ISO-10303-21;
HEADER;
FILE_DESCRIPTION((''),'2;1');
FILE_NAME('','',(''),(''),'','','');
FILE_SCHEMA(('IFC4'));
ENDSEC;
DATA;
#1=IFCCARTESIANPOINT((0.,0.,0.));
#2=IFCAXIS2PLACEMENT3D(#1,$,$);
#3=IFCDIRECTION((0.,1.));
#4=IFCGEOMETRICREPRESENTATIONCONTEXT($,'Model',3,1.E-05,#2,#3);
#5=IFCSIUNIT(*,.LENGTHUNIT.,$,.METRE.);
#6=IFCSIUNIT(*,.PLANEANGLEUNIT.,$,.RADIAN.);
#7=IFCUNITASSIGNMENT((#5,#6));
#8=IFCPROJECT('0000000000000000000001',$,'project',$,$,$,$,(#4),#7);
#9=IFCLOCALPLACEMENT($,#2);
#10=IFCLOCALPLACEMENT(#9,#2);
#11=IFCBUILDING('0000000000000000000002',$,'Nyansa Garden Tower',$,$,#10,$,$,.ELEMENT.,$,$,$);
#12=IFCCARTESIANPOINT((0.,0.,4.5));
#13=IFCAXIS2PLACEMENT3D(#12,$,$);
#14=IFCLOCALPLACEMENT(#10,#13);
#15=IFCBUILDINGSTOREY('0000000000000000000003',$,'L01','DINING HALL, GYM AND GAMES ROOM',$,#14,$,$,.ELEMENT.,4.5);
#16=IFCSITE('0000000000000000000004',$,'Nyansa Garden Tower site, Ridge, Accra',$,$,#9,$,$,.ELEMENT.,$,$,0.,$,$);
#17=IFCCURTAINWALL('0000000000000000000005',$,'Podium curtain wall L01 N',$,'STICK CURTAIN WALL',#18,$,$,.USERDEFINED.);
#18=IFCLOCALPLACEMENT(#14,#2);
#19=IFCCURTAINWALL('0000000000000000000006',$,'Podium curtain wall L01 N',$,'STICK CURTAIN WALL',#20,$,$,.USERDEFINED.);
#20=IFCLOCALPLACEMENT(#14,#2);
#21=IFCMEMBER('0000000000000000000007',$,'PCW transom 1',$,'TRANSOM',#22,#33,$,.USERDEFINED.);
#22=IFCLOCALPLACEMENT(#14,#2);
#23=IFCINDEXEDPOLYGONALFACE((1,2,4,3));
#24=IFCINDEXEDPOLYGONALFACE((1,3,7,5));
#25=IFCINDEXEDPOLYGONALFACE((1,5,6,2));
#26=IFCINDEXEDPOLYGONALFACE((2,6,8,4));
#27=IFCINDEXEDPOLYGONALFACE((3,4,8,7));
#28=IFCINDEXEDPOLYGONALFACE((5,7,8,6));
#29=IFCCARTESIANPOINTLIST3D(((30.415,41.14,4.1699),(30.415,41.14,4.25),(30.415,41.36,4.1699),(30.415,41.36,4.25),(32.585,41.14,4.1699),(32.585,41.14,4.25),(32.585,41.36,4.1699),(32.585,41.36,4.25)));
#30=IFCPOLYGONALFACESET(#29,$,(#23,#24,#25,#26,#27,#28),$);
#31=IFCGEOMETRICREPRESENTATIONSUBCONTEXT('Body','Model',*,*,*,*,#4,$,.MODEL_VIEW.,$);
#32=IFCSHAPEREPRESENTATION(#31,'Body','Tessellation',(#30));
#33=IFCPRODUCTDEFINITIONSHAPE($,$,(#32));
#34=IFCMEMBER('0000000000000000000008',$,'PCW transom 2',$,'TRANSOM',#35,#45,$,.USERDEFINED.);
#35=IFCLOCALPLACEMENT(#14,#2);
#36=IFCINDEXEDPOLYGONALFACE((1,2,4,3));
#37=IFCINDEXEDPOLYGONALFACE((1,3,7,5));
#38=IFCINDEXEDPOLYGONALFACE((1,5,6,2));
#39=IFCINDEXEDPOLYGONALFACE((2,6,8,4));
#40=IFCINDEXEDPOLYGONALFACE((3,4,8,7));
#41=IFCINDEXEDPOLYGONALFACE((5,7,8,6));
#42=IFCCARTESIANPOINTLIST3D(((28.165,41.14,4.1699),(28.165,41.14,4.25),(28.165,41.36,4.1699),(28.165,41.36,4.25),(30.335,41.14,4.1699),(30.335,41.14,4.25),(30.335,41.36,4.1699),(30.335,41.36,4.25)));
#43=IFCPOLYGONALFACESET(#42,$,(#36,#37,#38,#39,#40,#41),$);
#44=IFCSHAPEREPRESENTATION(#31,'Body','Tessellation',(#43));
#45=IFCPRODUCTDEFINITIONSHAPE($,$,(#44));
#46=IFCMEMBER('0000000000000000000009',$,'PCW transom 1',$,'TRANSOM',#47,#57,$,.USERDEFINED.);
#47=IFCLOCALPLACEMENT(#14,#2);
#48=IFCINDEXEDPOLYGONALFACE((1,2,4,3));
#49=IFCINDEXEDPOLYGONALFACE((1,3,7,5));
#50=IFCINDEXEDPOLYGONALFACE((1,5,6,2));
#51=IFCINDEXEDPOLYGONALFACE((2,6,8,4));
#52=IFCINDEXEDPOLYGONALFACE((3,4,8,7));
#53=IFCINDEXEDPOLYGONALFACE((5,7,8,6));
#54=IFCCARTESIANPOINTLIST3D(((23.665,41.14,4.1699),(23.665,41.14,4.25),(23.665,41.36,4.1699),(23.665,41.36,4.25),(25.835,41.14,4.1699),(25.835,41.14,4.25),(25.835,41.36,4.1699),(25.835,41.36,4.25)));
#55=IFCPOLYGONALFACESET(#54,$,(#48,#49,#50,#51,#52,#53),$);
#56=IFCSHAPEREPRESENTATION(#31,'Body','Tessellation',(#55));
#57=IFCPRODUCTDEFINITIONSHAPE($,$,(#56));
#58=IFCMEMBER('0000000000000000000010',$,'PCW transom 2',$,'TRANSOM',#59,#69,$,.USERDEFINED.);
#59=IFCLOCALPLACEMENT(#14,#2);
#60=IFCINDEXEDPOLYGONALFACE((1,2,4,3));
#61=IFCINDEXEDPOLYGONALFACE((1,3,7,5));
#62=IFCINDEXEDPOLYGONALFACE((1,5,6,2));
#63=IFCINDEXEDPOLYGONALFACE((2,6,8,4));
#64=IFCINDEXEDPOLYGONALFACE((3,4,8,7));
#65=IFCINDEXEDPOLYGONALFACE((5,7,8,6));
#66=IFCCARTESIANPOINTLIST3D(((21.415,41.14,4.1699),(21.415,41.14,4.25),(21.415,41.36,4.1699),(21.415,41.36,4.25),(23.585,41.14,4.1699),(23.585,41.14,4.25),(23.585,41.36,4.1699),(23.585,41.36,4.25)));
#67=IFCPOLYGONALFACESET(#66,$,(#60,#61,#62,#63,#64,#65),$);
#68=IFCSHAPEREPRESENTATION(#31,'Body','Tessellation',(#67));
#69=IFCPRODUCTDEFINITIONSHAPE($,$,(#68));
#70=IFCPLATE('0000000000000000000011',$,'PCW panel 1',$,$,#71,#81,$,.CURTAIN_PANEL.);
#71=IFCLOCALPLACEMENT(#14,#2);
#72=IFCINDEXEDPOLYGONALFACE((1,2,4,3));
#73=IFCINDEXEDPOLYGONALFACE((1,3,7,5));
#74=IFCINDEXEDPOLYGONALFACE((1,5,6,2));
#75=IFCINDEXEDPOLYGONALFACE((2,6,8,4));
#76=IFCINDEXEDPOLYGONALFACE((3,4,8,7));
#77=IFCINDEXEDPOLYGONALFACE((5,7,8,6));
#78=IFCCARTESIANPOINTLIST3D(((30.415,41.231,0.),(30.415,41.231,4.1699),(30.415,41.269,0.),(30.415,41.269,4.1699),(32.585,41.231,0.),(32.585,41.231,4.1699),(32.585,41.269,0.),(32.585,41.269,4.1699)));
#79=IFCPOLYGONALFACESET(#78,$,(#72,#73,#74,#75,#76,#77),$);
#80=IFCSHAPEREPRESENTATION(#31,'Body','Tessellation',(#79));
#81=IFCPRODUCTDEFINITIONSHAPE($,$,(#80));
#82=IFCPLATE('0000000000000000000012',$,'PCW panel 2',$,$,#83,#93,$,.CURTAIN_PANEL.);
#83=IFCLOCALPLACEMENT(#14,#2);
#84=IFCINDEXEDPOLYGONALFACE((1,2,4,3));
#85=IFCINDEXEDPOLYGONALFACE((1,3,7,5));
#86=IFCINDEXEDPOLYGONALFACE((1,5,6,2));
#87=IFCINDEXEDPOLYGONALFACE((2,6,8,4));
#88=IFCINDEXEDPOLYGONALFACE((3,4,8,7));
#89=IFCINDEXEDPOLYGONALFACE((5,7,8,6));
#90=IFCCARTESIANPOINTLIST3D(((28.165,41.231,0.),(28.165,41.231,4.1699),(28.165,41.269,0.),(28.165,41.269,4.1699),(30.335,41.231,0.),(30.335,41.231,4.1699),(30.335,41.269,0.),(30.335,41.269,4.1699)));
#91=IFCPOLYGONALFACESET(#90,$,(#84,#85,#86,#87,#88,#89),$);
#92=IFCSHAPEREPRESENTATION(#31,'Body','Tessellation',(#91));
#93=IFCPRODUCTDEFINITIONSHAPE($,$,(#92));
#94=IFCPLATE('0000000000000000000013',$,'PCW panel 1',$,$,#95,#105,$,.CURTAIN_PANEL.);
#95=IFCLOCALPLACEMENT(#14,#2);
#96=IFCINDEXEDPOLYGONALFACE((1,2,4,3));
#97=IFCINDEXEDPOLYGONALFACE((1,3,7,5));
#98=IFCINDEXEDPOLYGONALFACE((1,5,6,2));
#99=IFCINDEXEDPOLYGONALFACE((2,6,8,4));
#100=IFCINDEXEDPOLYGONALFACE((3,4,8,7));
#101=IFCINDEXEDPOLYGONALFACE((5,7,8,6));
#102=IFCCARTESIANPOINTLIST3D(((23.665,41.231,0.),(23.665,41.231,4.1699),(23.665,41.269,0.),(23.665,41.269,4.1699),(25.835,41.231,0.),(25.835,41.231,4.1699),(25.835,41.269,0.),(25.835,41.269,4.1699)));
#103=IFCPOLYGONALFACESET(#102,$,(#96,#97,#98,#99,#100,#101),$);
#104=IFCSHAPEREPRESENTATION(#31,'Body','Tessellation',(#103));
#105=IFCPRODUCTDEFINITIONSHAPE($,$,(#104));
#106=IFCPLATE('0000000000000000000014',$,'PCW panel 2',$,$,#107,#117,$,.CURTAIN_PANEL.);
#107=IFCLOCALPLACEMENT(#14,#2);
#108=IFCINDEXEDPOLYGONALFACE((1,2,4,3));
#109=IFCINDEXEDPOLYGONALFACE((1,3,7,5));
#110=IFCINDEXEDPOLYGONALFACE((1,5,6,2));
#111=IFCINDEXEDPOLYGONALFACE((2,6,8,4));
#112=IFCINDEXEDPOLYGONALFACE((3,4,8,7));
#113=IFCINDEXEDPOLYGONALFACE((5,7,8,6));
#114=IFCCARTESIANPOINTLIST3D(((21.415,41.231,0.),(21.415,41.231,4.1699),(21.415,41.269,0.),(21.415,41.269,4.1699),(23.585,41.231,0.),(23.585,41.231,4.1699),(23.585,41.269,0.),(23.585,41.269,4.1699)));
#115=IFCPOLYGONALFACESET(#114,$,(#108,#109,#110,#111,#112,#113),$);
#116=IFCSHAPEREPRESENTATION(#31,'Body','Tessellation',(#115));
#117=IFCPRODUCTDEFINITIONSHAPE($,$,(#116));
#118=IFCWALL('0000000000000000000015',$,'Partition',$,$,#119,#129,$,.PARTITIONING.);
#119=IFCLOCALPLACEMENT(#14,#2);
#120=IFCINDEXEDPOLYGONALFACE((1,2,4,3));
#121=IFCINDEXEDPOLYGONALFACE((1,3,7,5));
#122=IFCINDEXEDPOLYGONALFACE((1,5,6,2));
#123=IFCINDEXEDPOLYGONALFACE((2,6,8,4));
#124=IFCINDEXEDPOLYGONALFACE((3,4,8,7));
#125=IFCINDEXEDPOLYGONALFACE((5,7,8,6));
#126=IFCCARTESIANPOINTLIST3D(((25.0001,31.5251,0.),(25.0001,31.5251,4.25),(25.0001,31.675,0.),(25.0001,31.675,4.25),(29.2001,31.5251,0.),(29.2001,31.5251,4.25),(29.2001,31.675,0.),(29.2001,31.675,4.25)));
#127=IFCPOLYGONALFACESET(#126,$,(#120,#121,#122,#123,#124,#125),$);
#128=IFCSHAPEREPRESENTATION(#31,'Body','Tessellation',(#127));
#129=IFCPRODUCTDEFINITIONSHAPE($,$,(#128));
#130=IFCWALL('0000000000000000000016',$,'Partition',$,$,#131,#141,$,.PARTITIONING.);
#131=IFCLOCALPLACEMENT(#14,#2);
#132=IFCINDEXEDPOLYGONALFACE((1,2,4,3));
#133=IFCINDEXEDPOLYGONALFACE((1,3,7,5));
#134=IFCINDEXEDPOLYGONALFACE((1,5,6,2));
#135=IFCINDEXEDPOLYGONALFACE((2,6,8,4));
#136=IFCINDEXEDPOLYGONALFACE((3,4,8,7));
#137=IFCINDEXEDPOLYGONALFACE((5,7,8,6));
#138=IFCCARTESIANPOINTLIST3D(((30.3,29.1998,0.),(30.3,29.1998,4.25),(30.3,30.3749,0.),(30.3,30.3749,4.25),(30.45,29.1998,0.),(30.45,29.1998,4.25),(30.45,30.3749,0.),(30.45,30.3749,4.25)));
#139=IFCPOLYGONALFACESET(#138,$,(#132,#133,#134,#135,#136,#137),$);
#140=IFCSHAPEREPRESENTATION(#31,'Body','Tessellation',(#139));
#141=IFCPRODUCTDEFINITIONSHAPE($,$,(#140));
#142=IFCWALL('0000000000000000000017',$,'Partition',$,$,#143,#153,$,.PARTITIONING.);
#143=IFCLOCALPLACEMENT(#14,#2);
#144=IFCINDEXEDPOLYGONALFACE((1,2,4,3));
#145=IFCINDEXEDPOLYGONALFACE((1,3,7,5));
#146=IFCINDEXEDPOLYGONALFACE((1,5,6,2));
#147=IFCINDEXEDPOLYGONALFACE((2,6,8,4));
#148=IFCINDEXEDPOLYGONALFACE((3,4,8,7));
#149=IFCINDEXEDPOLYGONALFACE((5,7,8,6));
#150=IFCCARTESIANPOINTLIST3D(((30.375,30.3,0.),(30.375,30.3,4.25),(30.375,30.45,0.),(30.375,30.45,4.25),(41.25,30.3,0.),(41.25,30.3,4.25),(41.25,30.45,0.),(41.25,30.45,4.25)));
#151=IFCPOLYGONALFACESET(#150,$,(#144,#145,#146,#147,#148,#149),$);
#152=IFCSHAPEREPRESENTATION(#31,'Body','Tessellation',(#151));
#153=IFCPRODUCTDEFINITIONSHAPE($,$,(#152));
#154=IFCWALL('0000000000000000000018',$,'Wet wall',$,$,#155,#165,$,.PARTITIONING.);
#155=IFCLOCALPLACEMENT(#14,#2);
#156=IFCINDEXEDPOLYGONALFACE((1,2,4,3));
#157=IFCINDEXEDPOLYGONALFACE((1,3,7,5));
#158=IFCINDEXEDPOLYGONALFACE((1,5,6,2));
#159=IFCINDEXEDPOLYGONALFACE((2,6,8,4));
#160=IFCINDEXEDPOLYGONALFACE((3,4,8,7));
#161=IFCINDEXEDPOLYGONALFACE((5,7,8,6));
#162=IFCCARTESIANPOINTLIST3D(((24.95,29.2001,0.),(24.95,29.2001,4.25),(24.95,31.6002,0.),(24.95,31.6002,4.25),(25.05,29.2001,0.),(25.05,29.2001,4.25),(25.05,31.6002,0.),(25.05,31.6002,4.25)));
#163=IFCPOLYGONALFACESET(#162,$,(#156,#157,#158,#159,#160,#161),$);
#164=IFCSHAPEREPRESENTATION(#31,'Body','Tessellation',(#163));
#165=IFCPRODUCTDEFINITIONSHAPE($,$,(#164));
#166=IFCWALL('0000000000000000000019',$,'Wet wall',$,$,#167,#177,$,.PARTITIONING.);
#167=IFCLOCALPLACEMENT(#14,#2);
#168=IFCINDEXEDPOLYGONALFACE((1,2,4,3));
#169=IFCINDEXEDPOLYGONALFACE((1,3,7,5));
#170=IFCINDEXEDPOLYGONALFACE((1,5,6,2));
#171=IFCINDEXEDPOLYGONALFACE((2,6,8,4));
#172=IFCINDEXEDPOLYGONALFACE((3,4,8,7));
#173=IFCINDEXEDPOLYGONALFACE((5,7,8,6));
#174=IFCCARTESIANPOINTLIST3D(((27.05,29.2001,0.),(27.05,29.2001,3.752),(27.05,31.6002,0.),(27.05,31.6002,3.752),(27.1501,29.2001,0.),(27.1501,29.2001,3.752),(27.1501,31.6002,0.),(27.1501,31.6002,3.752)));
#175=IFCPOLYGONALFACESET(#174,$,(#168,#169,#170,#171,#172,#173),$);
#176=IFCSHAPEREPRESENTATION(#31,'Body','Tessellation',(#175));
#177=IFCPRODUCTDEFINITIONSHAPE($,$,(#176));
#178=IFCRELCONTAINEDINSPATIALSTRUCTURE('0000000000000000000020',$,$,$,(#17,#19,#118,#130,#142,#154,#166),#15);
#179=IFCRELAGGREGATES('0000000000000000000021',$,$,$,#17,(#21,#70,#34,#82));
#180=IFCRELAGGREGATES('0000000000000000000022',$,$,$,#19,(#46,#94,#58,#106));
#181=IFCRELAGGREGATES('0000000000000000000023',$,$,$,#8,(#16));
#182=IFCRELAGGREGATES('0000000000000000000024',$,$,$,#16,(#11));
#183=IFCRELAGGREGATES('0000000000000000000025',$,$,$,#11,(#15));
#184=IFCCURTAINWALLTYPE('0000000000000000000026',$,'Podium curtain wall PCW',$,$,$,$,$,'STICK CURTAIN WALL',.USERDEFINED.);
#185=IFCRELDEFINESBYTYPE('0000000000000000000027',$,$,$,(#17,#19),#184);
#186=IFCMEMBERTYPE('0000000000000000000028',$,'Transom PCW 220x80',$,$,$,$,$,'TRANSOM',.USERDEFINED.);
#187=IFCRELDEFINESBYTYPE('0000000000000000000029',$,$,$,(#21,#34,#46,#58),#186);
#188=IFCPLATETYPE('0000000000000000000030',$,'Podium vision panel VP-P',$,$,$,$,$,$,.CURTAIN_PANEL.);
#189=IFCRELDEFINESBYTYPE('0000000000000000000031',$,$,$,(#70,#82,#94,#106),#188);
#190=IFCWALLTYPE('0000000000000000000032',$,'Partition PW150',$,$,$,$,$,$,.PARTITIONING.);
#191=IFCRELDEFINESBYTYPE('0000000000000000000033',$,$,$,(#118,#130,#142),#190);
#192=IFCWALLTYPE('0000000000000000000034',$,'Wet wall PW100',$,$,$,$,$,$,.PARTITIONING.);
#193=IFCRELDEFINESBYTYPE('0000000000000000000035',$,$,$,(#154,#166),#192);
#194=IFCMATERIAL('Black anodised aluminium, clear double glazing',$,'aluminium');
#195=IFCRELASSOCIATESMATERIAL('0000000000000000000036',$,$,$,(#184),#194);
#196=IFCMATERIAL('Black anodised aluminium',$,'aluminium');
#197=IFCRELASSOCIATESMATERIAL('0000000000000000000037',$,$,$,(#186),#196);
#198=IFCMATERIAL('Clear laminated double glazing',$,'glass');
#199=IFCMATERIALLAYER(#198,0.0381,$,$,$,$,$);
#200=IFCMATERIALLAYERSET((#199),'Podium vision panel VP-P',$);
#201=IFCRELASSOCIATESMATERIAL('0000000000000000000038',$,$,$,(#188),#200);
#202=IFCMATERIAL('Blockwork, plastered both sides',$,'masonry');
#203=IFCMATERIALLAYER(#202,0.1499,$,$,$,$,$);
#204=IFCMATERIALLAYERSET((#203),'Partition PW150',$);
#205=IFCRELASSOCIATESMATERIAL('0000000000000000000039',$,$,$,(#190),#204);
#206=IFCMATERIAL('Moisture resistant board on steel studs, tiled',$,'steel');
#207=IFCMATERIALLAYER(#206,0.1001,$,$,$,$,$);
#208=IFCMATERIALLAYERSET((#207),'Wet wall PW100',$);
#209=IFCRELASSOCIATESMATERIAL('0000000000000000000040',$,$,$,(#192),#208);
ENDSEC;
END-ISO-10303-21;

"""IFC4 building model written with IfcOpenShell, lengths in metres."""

from ifc_helpers import new_model, si_unit, direction, frame, frame_2d, origin, origin_2d, place, context, subcontext, project, spatial, rectangle, extrude, material, layer, layer_set, material_profile, profile_set, type_object, element, aggregate, save


model = new_model("IFC4")

# Units and contexts
model_context = context("Model", 3, precision=1e-05, world=origin(), true_north=direction((0.0, 1.0)))
body_context = subcontext(model_context, "Body", "Model", "MODEL_VIEW")
ifc_project = project(units=[si_unit("LENGTHUNIT", "METRE"), si_unit("PLANEANGLEUNIT", "RADIAN")], contexts=[model_context])

# Site, building, storey
site_placement = place(None, origin())
site = spatial("IfcSite", under=ifc_project, at=site_placement, Name="Nyansa Garden Tower site, Ridge, Accra", CompositionType="ELEMENT", RefElevation=0.0)
building_placement = place(site_placement, origin())
building = spatial("IfcBuilding", under=site, at=building_placement, Name="Nyansa Garden Tower", CompositionType="ELEMENT")
storey_placement = place(building_placement, frame((0.0, 0.0, 4.5)))
storey = spatial("IfcBuildingStorey", under=building, at=storey_placement, Name="L01", Description="DINING HALL, GYM AND GAMES ROOM", CompositionType="ELEMENT", Elevation=4.5)

# Curtain walls
ifc_material_1 = material(Name="Black anodised aluminium, clear double glazing", Category="aluminium")
curtain_wall_type = type_object("IfcCurtainWallType", Name="Podium curtain wall PCW", ElementType="STICK CURTAIN WALL", PredefinedType="USERDEFINED", material=ifc_material_1)
curtain_wall_1_placement = place(storey_placement, origin())
curtain_wall_1 = element("IfcCurtainWall", 1, at=curtain_wall_1_placement, inside=storey, type_object=curtain_wall_type, Name="Podium curtain wall L01 N", ObjectType="STICK CURTAIN WALL", PredefinedType="USERDEFINED")
curtain_wall_2_placement = place(storey_placement, origin())
curtain_wall_2 = element("IfcCurtainWall", 2, at=curtain_wall_2_placement, inside=storey, type_object=curtain_wall_type, Name="Podium curtain wall L01 N", ObjectType="STICK CURTAIN WALL", PredefinedType="USERDEFINED")

# Members
ifc_material_2 = material(Name="Black anodised aluminium", Category="aluminium")
ifc_material_profile_1 = material_profile(ifc_material_2, rectangle(XDim=0.22, YDim=0.0801, at=origin_2d()), Name="Transom 220x80")
ifc_profile_set_1 = profile_set([ifc_material_profile_1], Name="Black anodised aluminium")
member_type_1 = type_object("IfcMemberType", Name="Transom PCW 220x80", ElementType="TRANSOM", PredefinedType="USERDEFINED", material=ifc_profile_set_1)
member_1_placement = place(storey_placement, frame((32.585, 41.25, 4.21), z_axis=(-1.0, 0.0, 0.0), x_axis=(0.0, -1.0, 0.0)))
member_1 = element("IfcMember", 3, at=member_1_placement, type_object=member_type_1, Name="PCW transom 1", ObjectType="TRANSOM", PredefinedType="USERDEFINED", context=body_context, shape_type="SweptSolid", body=[
    extrude(rectangle(XDim=0.22, YDim=0.0801, at=origin_2d()), origin(), (0.0, 0.0, 1.0), 2.1699),
])
member_2_placement = place(storey_placement, frame((30.335, 41.25, 4.21), z_axis=(-1.0, 0.0, 0.0), x_axis=(0.0, -1.0, 0.0)))
member_2 = element("IfcMember", 4, at=member_2_placement, type_object=member_type_1, Name="PCW transom 2", ObjectType="TRANSOM", PredefinedType="USERDEFINED", context=body_context, shape_type="SweptSolid", body=[
    extrude(rectangle(XDim=0.22, YDim=0.0801, at=origin_2d()), origin(), (0.0, 0.0, 1.0), 2.1699),
])
member_3_placement = place(storey_placement, frame((25.835, 41.25, 4.21), z_axis=(-1.0, 0.0, 0.0), x_axis=(0.0, -1.0, 0.0)))
member_3 = element("IfcMember", 5, at=member_3_placement, type_object=member_type_1, Name="PCW transom 1", ObjectType="TRANSOM", PredefinedType="USERDEFINED", context=body_context, shape_type="SweptSolid", body=[
    extrude(rectangle(XDim=0.22, YDim=0.0801, at=origin_2d()), origin(), (0.0, 0.0, 1.0), 2.1699),
])
member_4_placement = place(storey_placement, frame((23.585, 41.25, 4.21), z_axis=(-1.0, 0.0, 0.0), x_axis=(0.0, -1.0, 0.0)))
member_4 = element("IfcMember", 6, at=member_4_placement, type_object=member_type_1, Name="PCW transom 2", ObjectType="TRANSOM", PredefinedType="USERDEFINED", context=body_context, shape_type="SweptSolid", body=[
    extrude(rectangle(XDim=0.22, YDim=0.0801, at=origin_2d()), origin(), (0.0, 0.0, 1.0), 2.1699),
])

# Plates
ifc_material_3 = material(Name="Clear laminated double glazing", Category="glass")
ifc_layer_1 = layer(ifc_material_3, 0.0381)
ifc_layer_set_1 = layer_set([ifc_layer_1], Name="Podium vision panel VP-P")
plate_type = type_object("IfcPlateType", Name="Podium vision panel VP-P", PredefinedType="CURTAIN_PANEL", material=ifc_layer_set_1)
plate_1_placement = place(storey_placement, frame((31.5, 41.25, 0.0), z_axis=(0.0, 0.0, 1.0), x_axis=(-1.0, 0.0, 0.0)))
plate_1 = element("IfcPlate", 7, at=plate_1_placement, type_object=plate_type, Name="PCW panel 1", PredefinedType="CURTAIN_PANEL", context=body_context, shape_type="SweptSolid", body=[
    extrude(rectangle(XDim=2.1699, YDim=0.0381, at=origin_2d()), origin(), (0.0, 0.0, 1.0), 4.1699),
])
plate_2_placement = place(storey_placement, frame((29.25, 41.25, 0.0), z_axis=(0.0, 0.0, 1.0), x_axis=(-1.0, 0.0, 0.0)))
plate_2 = element("IfcPlate", 8, at=plate_2_placement, type_object=plate_type, Name="PCW panel 2", PredefinedType="CURTAIN_PANEL", context=body_context, shape_type="SweptSolid", body=[
    extrude(rectangle(XDim=2.1699, YDim=0.0381, at=origin_2d()), origin(), (0.0, 0.0, 1.0), 4.1699),
])
aggregate(curtain_wall_1, [member_1, plate_1, member_2, plate_2])
plate_3_placement = place(storey_placement, frame((24.75, 41.25, 0.0), z_axis=(0.0, 0.0, 1.0), x_axis=(-1.0, 0.0, 0.0)))
plate_3 = element("IfcPlate", 9, at=plate_3_placement, type_object=plate_type, Name="PCW panel 1", PredefinedType="CURTAIN_PANEL", context=body_context, shape_type="SweptSolid", body=[
    extrude(rectangle(XDim=2.1699, YDim=0.0381, at=origin_2d()), origin(), (0.0, 0.0, 1.0), 4.1699),
])
plate_4_placement = place(storey_placement, frame((22.5, 41.25, 0.0), z_axis=(0.0, 0.0, 1.0), x_axis=(-1.0, 0.0, 0.0)))
plate_4 = element("IfcPlate", 10, at=plate_4_placement, type_object=plate_type, Name="PCW panel 2", PredefinedType="CURTAIN_PANEL", context=body_context, shape_type="SweptSolid", body=[
    extrude(rectangle(XDim=2.1699, YDim=0.0381, at=origin_2d()), origin(), (0.0, 0.0, 1.0), 4.1699),
])
aggregate(curtain_wall_2, [member_3, plate_3, member_4, plate_4])

# Walls
ifc_material_4 = material(Name="Blockwork, plastered both sides", Category="masonry")
ifc_layer_2 = layer(ifc_material_4, 0.1499)
ifc_layer_set_2 = layer_set([ifc_layer_2], Name="Partition PW150")
wall_type_1 = type_object("IfcWallType", Name="Partition PW150", PredefinedType="PARTITIONING", material=ifc_layer_set_2)
wall_1_placement = place(storey_placement, frame((25.0, 31.6001, 0.0), z_axis=(0.0, 0.0, 1.0), x_axis=(1.0, 0.0, 0.0)))
element("IfcWall", 11, at=wall_1_placement, inside=storey, type_object=wall_type_1, Name="Partition", PredefinedType="PARTITIONING", context=body_context, shape_type="SweptSolid", body=[
    extrude(rectangle(XDim=4.2, YDim=0.1499, at=frame_2d((2.1001, 0.0))), origin(), (0.0, 0.0, 1.0), 4.25),
])
wall_2_placement = place(storey_placement, frame((30.375, 29.2, 0.0), z_axis=(0.0, 0.0, 1.0), x_axis=(0.0, 1.0, 0.0)))
element("IfcWall", 12, at=wall_2_placement, inside=storey, type_object=wall_type_1, Name="Partition", PredefinedType="PARTITIONING", context=body_context, shape_type="SweptSolid", body=[
    extrude(rectangle(XDim=1.175, YDim=0.1499, at=frame_2d((0.5874, 0.0))), origin(), (0.0, 0.0, 1.0), 4.25),
])
wall_3_placement = place(storey_placement, frame((30.375, 30.375, 0.0), z_axis=(0.0, 0.0, 1.0), x_axis=(1.0, 0.0, 0.0)))
element("IfcWall", 13, at=wall_3_placement, inside=storey, type_object=wall_type_1, Name="Partition", PredefinedType="PARTITIONING", context=body_context, shape_type="SweptSolid", body=[
    extrude(rectangle(XDim=10.875, YDim=0.1499, at=frame_2d((5.4375, 0.0))), origin(), (0.0, 0.0, 1.0), 4.25),
])
ifc_material_5 = material(Name="Moisture resistant board on steel studs, tiled", Category="steel")
ifc_layer_3 = layer(ifc_material_5, 0.1001)
ifc_layer_set_3 = layer_set([ifc_layer_3], Name="Wet wall PW100")
wall_type_2 = type_object("IfcWallType", Name="Wet wall PW100", PredefinedType="PARTITIONING", material=ifc_layer_set_3)
wall_4_placement = place(storey_placement, frame((25.0, 29.2, 0.0), z_axis=(0.0, 0.0, 1.0), x_axis=(0.0, 1.0, 0.0)))
element("IfcWall", 14, at=wall_4_placement, inside=storey, type_object=wall_type_2, Name="Wet wall", PredefinedType="PARTITIONING", context=body_context, shape_type="SweptSolid", body=[
    extrude(rectangle(XDim=2.4001, YDim=0.1001, at=frame_2d((1.2002, 0.0))), origin(), (0.0, 0.0, 1.0), 4.25),
])
wall_5_placement = place(storey_placement, frame((27.1001, 29.2, 0.0), z_axis=(0.0, 0.0, 1.0), x_axis=(0.0, 1.0, 0.0)))
element("IfcWall", 15, at=wall_5_placement, inside=storey, type_object=wall_type_2, Name="Wet wall", PredefinedType="PARTITIONING", context=body_context, shape_type="SweptSolid", body=[
    extrude(rectangle(XDim=2.4001, YDim=0.1001, at=frame_2d((1.2002, 0.0))), origin(), (0.0, 0.0, 1.0), 3.752),
])

save(model, "model.ifc")
